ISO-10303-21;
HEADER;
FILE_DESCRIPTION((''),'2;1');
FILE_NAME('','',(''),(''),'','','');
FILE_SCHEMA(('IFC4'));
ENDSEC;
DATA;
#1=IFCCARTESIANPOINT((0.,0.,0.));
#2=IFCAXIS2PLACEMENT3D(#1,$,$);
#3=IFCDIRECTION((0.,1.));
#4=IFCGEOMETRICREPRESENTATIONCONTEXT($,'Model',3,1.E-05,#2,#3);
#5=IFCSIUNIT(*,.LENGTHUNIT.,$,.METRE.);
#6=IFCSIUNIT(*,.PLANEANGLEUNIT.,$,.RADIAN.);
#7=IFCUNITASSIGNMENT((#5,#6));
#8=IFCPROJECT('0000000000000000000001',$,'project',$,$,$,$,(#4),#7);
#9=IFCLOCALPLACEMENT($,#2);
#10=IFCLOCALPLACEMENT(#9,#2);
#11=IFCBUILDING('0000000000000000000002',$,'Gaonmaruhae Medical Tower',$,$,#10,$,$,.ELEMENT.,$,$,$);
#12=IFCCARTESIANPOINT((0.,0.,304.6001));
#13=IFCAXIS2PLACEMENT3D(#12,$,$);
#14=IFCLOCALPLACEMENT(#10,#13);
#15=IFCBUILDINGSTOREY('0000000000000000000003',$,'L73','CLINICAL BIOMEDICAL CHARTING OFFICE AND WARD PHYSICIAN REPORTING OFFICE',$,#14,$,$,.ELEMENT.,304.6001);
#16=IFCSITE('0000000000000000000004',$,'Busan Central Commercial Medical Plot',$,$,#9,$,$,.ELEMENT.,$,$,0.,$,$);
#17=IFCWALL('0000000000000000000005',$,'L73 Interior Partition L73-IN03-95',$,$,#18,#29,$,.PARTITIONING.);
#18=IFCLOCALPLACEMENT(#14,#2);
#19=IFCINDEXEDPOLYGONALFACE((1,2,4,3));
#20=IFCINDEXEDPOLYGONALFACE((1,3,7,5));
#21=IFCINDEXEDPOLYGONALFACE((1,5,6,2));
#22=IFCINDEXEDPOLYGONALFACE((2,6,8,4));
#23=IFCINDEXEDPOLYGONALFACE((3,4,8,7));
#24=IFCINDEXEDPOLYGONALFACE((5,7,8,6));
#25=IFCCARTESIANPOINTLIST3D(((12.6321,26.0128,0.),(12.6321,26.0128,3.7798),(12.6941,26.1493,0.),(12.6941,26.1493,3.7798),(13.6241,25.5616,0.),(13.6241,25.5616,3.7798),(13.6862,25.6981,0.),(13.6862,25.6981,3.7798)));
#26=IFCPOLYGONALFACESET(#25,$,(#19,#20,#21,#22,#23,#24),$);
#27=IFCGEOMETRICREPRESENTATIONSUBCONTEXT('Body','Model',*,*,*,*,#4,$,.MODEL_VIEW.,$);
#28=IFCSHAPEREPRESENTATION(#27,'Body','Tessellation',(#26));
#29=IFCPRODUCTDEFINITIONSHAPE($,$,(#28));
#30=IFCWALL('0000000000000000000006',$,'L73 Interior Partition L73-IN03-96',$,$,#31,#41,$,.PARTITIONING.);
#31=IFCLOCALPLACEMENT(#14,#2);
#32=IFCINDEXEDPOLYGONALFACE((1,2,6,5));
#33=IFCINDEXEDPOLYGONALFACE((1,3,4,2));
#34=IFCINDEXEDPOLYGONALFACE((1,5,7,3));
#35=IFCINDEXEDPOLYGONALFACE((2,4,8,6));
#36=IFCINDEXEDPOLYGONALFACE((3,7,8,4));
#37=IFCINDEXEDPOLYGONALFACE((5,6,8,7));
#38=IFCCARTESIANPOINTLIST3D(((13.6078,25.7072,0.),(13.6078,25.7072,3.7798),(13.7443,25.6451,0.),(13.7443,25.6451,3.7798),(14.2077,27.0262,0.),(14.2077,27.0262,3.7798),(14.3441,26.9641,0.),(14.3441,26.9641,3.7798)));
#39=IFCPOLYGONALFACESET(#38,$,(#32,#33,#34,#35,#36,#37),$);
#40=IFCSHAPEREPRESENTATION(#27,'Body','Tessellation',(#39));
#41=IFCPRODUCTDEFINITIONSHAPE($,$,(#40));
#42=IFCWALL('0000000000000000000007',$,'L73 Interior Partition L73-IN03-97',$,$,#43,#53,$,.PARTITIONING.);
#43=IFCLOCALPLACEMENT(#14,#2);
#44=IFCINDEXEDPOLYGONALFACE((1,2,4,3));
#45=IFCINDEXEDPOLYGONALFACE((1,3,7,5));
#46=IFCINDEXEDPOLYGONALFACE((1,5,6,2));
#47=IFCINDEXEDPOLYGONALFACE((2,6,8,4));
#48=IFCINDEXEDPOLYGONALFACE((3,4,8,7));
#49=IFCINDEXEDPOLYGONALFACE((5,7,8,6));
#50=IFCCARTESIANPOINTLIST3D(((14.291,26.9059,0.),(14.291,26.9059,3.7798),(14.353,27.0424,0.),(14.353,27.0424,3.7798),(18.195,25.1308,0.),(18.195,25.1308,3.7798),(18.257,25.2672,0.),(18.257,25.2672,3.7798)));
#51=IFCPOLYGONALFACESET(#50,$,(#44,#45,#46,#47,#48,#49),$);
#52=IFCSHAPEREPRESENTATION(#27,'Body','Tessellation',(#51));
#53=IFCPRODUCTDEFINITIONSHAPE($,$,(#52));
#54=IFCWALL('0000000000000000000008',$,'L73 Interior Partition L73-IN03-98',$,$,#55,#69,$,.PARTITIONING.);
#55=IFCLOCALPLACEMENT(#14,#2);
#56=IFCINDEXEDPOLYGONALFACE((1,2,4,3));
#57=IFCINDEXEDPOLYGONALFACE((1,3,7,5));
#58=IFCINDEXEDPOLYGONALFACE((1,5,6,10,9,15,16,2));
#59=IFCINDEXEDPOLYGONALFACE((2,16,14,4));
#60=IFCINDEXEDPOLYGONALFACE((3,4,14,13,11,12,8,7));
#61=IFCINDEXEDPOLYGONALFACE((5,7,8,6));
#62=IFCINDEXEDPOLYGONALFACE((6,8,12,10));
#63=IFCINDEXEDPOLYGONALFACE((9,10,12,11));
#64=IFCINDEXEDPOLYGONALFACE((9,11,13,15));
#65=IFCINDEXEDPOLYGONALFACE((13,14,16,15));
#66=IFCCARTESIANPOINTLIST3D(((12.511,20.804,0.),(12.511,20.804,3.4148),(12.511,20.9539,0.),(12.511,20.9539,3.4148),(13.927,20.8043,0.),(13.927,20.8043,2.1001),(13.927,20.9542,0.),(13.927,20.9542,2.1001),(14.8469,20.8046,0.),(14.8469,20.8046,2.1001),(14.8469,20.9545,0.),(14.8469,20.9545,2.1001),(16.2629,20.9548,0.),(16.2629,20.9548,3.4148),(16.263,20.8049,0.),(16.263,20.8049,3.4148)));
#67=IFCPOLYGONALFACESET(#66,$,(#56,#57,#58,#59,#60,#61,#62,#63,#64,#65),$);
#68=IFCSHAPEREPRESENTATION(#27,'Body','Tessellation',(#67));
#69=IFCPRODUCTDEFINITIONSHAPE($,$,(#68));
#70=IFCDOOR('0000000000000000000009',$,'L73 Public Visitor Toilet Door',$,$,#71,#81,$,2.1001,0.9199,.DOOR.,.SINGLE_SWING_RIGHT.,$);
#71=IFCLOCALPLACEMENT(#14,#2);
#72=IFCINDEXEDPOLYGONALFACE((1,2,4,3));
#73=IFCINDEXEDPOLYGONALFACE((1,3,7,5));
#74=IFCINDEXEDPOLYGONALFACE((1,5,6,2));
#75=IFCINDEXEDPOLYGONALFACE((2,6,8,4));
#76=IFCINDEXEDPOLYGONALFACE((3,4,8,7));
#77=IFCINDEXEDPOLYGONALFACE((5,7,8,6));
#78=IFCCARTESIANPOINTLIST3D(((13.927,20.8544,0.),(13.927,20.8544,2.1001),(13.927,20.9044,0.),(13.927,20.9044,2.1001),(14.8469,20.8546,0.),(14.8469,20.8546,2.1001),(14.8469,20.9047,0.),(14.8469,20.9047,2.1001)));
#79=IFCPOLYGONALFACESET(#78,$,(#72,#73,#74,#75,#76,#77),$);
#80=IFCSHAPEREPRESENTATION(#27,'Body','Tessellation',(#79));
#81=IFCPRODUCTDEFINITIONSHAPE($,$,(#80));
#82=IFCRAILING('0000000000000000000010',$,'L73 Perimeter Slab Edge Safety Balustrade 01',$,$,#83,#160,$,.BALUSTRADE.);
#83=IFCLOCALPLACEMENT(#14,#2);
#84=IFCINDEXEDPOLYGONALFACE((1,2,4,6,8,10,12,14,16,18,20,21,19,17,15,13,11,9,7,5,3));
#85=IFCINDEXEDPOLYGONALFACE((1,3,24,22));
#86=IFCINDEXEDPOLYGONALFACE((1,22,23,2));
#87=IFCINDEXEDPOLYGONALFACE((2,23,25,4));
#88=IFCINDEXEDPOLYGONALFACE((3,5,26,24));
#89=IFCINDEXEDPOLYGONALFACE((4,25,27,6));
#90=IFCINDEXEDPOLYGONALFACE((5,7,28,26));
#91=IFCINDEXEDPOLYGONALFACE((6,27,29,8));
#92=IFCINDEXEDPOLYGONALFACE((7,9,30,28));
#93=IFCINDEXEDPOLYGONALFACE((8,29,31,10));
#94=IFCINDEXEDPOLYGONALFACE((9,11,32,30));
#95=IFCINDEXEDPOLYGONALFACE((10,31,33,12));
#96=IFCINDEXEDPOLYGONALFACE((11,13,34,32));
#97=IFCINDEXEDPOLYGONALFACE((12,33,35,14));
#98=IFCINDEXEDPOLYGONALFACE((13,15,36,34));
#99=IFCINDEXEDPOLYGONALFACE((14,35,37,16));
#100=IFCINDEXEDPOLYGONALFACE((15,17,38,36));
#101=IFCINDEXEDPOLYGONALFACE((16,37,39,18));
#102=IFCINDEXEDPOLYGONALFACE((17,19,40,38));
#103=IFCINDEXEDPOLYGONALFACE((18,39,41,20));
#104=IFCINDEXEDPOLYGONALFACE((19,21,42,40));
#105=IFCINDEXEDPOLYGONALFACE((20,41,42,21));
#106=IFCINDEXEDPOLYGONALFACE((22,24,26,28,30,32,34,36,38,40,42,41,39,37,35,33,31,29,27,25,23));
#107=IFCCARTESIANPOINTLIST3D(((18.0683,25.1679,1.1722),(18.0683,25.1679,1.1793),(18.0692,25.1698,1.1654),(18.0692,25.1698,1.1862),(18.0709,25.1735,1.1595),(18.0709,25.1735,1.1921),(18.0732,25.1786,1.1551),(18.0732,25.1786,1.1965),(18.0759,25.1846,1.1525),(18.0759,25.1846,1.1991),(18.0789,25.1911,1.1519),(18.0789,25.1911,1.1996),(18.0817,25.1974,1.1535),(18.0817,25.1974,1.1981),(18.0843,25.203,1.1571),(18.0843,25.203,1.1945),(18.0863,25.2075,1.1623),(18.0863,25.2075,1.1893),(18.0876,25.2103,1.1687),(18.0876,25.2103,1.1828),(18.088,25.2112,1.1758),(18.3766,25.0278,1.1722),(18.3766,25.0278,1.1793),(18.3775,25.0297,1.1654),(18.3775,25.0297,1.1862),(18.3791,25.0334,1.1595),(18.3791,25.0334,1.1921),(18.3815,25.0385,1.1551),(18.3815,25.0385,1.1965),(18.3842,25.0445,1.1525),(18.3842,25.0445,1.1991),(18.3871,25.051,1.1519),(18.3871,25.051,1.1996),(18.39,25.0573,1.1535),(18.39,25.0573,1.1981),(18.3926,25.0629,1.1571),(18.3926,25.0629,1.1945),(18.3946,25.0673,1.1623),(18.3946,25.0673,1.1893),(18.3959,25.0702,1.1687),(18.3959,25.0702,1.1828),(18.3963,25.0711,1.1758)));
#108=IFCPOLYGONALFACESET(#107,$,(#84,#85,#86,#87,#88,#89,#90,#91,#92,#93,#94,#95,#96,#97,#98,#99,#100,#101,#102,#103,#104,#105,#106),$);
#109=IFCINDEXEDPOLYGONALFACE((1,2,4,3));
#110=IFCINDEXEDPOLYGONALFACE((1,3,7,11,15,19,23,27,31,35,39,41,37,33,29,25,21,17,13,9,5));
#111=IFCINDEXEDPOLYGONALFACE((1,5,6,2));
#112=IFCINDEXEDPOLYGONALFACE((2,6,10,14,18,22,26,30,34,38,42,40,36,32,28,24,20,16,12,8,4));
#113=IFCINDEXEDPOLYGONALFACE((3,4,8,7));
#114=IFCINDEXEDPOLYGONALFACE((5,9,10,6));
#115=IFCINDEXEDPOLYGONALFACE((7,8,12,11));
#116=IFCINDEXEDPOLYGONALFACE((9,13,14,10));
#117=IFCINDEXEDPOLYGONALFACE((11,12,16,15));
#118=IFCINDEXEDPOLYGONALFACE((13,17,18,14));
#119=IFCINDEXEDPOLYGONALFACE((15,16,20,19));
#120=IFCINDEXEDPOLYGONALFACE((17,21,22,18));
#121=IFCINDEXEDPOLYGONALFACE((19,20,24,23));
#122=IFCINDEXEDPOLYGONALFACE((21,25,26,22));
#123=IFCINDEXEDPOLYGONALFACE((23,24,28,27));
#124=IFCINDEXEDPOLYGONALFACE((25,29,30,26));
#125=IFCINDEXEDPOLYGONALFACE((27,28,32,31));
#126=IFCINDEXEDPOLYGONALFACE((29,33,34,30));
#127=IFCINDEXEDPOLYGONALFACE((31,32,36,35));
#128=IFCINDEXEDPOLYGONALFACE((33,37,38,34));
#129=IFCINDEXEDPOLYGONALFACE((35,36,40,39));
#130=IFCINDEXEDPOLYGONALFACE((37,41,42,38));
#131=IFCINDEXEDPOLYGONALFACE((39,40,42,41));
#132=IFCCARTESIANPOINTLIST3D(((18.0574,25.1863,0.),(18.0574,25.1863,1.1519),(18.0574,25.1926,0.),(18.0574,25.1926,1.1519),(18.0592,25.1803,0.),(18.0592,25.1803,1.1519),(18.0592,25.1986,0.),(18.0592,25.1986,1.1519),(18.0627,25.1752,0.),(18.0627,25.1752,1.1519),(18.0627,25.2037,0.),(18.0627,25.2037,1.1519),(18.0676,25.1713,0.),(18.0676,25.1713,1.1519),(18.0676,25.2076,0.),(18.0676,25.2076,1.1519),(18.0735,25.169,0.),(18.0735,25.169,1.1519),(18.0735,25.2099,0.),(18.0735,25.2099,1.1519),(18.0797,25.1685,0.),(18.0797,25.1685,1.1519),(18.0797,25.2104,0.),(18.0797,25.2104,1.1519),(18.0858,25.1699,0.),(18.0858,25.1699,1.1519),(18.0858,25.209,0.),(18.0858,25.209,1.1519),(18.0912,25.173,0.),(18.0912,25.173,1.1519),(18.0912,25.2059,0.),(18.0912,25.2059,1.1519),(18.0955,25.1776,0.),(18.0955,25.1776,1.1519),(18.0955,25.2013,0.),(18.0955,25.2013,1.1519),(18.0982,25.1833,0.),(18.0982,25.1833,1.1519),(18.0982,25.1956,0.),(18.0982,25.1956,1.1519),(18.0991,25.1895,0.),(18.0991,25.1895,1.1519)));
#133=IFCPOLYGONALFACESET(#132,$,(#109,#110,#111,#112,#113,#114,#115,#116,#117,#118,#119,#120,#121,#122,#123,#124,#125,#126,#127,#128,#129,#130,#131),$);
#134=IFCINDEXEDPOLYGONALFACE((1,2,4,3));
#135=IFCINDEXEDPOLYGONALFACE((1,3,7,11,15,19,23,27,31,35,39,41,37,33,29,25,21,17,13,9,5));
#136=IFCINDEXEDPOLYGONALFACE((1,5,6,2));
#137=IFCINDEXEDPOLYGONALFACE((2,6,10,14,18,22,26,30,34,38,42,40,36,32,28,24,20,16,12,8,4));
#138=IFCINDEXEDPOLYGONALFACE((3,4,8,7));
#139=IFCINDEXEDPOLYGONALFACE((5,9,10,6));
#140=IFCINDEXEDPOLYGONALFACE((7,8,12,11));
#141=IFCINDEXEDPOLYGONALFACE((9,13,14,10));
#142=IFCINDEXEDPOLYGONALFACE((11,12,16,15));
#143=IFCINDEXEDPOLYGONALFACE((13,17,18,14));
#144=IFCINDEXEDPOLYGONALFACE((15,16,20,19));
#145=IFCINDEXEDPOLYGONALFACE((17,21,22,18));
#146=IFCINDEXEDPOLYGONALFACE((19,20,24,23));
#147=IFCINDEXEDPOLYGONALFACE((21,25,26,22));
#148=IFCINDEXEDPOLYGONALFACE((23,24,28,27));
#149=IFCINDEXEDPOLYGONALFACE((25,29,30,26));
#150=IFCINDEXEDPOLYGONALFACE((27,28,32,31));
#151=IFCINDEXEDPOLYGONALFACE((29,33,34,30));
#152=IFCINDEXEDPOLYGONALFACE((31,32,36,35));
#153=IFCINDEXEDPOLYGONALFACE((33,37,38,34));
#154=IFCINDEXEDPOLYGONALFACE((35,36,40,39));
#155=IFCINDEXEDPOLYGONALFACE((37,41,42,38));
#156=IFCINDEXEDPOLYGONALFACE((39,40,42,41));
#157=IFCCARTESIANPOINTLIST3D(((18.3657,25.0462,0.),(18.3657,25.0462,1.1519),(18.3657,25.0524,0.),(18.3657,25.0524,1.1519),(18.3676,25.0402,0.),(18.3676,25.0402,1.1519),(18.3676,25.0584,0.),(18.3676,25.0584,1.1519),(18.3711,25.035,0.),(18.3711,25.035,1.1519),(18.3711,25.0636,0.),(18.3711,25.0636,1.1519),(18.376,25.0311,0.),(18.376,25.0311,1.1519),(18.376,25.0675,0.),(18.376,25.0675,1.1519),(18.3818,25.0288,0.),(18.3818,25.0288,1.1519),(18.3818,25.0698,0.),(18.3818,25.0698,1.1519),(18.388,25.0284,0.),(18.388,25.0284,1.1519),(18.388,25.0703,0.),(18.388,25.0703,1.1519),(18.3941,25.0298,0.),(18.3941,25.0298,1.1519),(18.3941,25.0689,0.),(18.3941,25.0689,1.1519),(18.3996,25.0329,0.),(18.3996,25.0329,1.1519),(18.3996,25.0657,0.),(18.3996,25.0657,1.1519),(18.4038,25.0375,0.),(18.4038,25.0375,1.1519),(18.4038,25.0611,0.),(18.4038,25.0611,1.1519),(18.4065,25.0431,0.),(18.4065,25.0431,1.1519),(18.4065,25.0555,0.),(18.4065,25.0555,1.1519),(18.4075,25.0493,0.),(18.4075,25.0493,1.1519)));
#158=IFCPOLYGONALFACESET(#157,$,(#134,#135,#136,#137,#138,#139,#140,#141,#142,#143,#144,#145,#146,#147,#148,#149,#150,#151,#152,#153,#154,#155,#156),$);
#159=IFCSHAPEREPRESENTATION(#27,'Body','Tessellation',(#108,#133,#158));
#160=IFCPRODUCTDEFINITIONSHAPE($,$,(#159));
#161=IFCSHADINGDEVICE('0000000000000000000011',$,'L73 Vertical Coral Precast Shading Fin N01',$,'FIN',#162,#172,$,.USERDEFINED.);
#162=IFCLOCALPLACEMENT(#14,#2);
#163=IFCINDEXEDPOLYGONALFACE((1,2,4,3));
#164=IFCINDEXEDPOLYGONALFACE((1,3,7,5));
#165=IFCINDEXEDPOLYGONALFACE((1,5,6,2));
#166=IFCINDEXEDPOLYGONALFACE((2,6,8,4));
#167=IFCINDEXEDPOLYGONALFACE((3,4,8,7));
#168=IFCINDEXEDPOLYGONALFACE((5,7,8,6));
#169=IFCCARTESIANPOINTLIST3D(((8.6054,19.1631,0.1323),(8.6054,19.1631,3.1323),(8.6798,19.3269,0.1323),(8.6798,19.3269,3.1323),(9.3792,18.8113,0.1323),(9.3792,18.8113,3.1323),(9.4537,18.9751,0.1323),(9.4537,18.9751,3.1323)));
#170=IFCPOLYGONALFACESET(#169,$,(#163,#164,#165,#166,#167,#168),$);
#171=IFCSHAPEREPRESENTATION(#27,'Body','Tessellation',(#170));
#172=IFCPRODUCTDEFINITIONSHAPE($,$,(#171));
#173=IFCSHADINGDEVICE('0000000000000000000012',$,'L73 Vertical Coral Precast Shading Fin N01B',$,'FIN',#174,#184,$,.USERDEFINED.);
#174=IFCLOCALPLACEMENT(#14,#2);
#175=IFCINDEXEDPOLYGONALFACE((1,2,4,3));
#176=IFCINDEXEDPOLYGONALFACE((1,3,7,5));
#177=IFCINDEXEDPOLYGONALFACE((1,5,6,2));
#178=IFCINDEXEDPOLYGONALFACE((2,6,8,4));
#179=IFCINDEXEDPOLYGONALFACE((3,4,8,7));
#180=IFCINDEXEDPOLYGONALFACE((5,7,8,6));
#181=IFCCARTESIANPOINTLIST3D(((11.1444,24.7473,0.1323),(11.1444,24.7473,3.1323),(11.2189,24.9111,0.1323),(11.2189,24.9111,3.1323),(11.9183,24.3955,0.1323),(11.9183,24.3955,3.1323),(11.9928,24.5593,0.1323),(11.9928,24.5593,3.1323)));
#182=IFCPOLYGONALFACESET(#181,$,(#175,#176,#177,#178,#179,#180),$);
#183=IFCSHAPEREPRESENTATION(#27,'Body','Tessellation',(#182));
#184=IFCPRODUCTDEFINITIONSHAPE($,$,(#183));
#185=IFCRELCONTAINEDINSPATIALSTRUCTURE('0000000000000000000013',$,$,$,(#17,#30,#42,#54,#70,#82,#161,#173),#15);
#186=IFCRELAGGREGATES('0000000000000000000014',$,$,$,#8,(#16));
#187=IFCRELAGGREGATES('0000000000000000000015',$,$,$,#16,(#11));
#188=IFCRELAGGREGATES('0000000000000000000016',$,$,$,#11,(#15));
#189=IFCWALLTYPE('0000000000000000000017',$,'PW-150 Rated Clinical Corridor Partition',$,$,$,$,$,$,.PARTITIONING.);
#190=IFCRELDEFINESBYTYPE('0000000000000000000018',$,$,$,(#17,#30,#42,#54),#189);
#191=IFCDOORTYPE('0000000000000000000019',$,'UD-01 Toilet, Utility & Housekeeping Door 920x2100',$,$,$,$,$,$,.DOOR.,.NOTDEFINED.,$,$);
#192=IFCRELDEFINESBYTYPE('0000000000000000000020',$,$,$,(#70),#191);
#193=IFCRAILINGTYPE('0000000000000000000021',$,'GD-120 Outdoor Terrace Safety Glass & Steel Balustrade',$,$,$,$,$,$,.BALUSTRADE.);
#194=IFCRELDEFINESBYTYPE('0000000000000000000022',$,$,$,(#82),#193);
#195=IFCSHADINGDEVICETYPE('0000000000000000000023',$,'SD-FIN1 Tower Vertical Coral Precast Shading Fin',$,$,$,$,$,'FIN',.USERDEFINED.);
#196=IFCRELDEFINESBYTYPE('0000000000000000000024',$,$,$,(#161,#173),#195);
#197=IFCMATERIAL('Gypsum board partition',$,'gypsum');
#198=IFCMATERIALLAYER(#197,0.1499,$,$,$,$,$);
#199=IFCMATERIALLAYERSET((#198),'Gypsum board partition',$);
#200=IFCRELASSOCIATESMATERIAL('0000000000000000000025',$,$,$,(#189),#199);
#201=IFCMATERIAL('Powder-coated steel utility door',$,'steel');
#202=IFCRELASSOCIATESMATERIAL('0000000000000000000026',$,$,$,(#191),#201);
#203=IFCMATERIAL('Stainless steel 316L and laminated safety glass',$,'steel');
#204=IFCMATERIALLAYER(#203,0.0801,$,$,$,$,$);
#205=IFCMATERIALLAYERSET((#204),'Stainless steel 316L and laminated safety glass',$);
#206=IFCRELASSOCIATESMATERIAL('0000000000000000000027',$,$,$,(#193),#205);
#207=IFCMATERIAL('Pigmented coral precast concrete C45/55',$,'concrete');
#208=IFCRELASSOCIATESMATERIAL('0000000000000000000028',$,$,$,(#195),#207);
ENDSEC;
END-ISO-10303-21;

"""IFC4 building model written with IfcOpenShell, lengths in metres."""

from ifc_helpers import new_model, si_unit, direction, frame, frame_2d, origin, origin_2d, place, context, subcontext, project, spatial, rectangle, circle, extrude, material, layer, layer_set, type_object, element, fill, save


model = new_model("IFC4")

# Units and contexts
model_context = context("Model", 3, precision=1e-05, world=origin(), true_north=direction((0.0, 1.0)))
body_context = subcontext(model_context, "Body", "Model", "MODEL_VIEW")
ifc_project = project(units=[si_unit("LENGTHUNIT", "METRE"), si_unit("PLANEANGLEUNIT", "RADIAN")], contexts=[model_context])

# Site, building, storey
site_placement = place(None, origin())
site = spatial("IfcSite", under=ifc_project, at=site_placement, Name="Busan Central Commercial Medical Plot", CompositionType="ELEMENT", RefElevation=0.0)
building_placement = place(site_placement, origin())
building = spatial("IfcBuilding", under=site, at=building_placement, Name="Gaonmaruhae Medical Tower", CompositionType="ELEMENT")
storey_placement = place(building_placement, frame((0.0, 0.0, 304.6001)))
storey = spatial("IfcBuildingStorey", under=building, at=storey_placement, Name="L73", Description="CLINICAL BIOMEDICAL CHARTING OFFICE AND WARD PHYSICIAN REPORTING OFFICE", CompositionType="ELEMENT", Elevation=304.6001)

# Walls
ifc_material_1 = material(Name="Gypsum board partition", Category="gypsum")
ifc_layer_1 = layer(ifc_material_1, 0.1499)
ifc_layer_set_1 = layer_set([ifc_layer_1], Name="Gypsum board partition")
wall_type_1 = type_object("IfcWallType", Name="PW-150 Rated Clinical Corridor Partition", PredefinedType="PARTITIONING", material=ifc_layer_set_1)
wall_1_placement = place(storey_placement, frame((12.6631, 26.0811, 0.0), z_axis=(0.0, 0.0, 1.0), x_axis=(0.910267, -0.414022, 0.0)))
element("IfcWall", 1, at=wall_1_placement, inside=storey, type_object=wall_type_1, Name="L73 Interior Partition L73-IN03-95", PredefinedType="PARTITIONING", context=body_context, shape_type="SweptSolid", body=[
    extrude(rectangle(XDim=1.0898, YDim=0.1499, at=frame_2d((0.5449, 0.0))), origin(), (0.0, 0.0, 1.0), 3.7798),
])
wall_2_placement = place(storey_placement, frame((13.676, 25.676, 0.0), z_axis=(0.0, 0.0, 1.0), x_axis=(0.413955, 0.910297, 0.0)))
element("IfcWall", 2, at=wall_2_placement, inside=storey, type_object=wall_type_1, Name="L73 Interior Partition L73-IN03-96", PredefinedType="PARTITIONING", context=body_context, shape_type="SweptSolid", body=[
    extrude(rectangle(XDim=1.449, YDim=0.1499, at=frame_2d((0.7246, 0.0))), origin(), (0.0, 0.0, 1.0), 3.7798),
])
wall_3_placement = place(storey_placement, frame((14.322, 26.9741, 0.0), z_axis=(0.0, 0.0, 1.0), x_axis=(0.910316, -0.413914, 0.0)))
element("IfcWall", 3, at=wall_3_placement, inside=storey, type_object=wall_type_1, Name="L73 Interior Partition L73-IN03-97", PredefinedType="PARTITIONING", context=body_context, shape_type="SweptSolid", body=[
    extrude(rectangle(XDim=4.2886, YDim=0.1499, at=frame_2d((2.1443, 0.0))), origin(), (0.0, 0.0, 1.0), 3.7798),
])

# Wall, opening, door
wall_4_placement = place(storey_placement, frame((16.2629, 20.8799, 0.0), z_axis=(0.0, 0.0, 1.0), x_axis=(-1.0, -0.00026, 0.0)))
wall_4 = element("IfcWall", 4, at=wall_4_placement, inside=storey, type_object=wall_type_1, Name="L73 Interior Partition L73-IN03-98", PredefinedType="PARTITIONING", context=body_context, shape_type="SweptSolid", body=[
    extrude(rectangle(XDim=3.752, YDim=0.1499, at=frame_2d((1.876, 0.0))), origin(), (0.0, 0.0, 1.0), 3.4148),
])
opening_1_placement = place(wall_4_placement, frame((1.416, 0.0, 0.0)))
opening_1 = element("IfcOpeningElement", 5, at=opening_1_placement, cuts=wall_4, PredefinedType="OPENING", context=body_context, shape_type="SweptSolid", body=[
    extrude(rectangle(XDim=0.9199, YDim=2.1001, at=frame_2d((0.46, 1.05))), frame((0.0, 0.085, 0.0), z_axis=(0.0, -1.0, 0.0), x_axis=(1.0, 0.0, 0.0)), (0.0, 0.0, 1.0), 0.1699),
])
ifc_material_2 = material(Name="Powder-coated steel utility door", Category="steel")
door_type = type_object("IfcDoorType", Name="UD-01 Toilet, Utility & Housekeeping Door 920x2100", OperationType="NOTDEFINED", PredefinedType="DOOR", material=ifc_material_2)
door_placement = place(opening_1_placement, origin())
door = element("IfcDoor", 6, at=door_placement, inside=storey, type_object=door_type, Name="L73 Public Visitor Toilet Door", OperationType="SINGLE_SWING_RIGHT", OverallHeight=2.1001, OverallWidth=0.9199, PredefinedType="DOOR", context=body_context, shape_type="SweptSolid", body=[
    extrude(rectangle(XDim=0.9199, YDim=2.1001, at=frame_2d((0.46, 1.05))), frame((0.0, 0.0249, 0.0), z_axis=(0.0, -1.0, 0.0), x_axis=(1.0, 0.0, 0.0)), (0.0, 0.0, 1.0), 0.05),
])
fill(opening_1, door)

# Railing
ifc_material_3 = material(Name="Stainless steel 316L and laminated safety glass", Category="steel")
ifc_layer_2 = layer(ifc_material_3, 0.0801)
ifc_layer_set_2 = layer_set([ifc_layer_2], Name="Stainless steel 316L and laminated safety glass")
railing_type = type_object("IfcRailingType", Name="GD-120 Outdoor Terrace Safety Glass & Steel Balustrade", PredefinedType="BALUSTRADE", material=ifc_layer_set_2)
railing_placement = place(storey_placement, frame((18.0781, 25.1895, 0.0)))
element("IfcRailing", 7, at=railing_placement, inside=storey, type_object=railing_type, Name="L73 Perimeter Slab Edge Safety Balustrade 01", PredefinedType="BALUSTRADE", context=body_context, shape_type="SweptSolid", body=[
    extrude(circle(Radius=0.0239, at=origin_2d()), frame((0.0, 0.0, 1.1758), z_axis=(0.910391, -0.413749, 0.0), x_axis=(0.413749, 0.910391, 0.0)), (0.0, 0.0, 1.0), 0.3386),
    extrude(circle(Radius=0.021, at=origin_2d()), origin(), (0.0, 0.0, 1.0), 1.1519),
    extrude(circle(Radius=0.021, at=origin_2d()), frame((0.3083, -0.1401, 0.0)), (0.0, 0.0, 1.0), 1.1519),
])

# Shading devices
ifc_material_4 = material(Name="Pigmented coral precast concrete C45/55", Category="concrete")
shading_device_type = type_object("IfcShadingDeviceType", Name="SD-FIN1 Tower Vertical Coral Precast Shading Fin", ElementType="FIN", PredefinedType="USERDEFINED", material=ifc_material_4)
for number, where, z_axis, x_axis, name in (
    (8, (9.0295, 19.0691, 0.1323), (0.0, 0.0, 1.0), (0.413899, 0.910323, 0.0), "L73 Vertical Coral Precast Shading Fin N01"),
    (9, (11.5686, 24.6533, 0.1323), (0.0, 0.0, 1.0), (0.413899, 0.910323, 0.0), "L73 Vertical Coral Precast Shading Fin N01B"),
):
    element("IfcShadingDevice", number, at=place(storey_placement, frame(where, z_axis=z_axis, x_axis=x_axis)), inside=storey, type_object=shading_device_type, Name=name, ObjectType="FIN", PredefinedType="USERDEFINED", context=body_context, shape_type="SweptSolid", body=[
        extrude(rectangle(XDim=0.1799, YDim=0.8501, at=origin_2d()), origin(), (0.0, 0.0, 1.0), 3.0),
    ])

save(model, "model.ifc")
